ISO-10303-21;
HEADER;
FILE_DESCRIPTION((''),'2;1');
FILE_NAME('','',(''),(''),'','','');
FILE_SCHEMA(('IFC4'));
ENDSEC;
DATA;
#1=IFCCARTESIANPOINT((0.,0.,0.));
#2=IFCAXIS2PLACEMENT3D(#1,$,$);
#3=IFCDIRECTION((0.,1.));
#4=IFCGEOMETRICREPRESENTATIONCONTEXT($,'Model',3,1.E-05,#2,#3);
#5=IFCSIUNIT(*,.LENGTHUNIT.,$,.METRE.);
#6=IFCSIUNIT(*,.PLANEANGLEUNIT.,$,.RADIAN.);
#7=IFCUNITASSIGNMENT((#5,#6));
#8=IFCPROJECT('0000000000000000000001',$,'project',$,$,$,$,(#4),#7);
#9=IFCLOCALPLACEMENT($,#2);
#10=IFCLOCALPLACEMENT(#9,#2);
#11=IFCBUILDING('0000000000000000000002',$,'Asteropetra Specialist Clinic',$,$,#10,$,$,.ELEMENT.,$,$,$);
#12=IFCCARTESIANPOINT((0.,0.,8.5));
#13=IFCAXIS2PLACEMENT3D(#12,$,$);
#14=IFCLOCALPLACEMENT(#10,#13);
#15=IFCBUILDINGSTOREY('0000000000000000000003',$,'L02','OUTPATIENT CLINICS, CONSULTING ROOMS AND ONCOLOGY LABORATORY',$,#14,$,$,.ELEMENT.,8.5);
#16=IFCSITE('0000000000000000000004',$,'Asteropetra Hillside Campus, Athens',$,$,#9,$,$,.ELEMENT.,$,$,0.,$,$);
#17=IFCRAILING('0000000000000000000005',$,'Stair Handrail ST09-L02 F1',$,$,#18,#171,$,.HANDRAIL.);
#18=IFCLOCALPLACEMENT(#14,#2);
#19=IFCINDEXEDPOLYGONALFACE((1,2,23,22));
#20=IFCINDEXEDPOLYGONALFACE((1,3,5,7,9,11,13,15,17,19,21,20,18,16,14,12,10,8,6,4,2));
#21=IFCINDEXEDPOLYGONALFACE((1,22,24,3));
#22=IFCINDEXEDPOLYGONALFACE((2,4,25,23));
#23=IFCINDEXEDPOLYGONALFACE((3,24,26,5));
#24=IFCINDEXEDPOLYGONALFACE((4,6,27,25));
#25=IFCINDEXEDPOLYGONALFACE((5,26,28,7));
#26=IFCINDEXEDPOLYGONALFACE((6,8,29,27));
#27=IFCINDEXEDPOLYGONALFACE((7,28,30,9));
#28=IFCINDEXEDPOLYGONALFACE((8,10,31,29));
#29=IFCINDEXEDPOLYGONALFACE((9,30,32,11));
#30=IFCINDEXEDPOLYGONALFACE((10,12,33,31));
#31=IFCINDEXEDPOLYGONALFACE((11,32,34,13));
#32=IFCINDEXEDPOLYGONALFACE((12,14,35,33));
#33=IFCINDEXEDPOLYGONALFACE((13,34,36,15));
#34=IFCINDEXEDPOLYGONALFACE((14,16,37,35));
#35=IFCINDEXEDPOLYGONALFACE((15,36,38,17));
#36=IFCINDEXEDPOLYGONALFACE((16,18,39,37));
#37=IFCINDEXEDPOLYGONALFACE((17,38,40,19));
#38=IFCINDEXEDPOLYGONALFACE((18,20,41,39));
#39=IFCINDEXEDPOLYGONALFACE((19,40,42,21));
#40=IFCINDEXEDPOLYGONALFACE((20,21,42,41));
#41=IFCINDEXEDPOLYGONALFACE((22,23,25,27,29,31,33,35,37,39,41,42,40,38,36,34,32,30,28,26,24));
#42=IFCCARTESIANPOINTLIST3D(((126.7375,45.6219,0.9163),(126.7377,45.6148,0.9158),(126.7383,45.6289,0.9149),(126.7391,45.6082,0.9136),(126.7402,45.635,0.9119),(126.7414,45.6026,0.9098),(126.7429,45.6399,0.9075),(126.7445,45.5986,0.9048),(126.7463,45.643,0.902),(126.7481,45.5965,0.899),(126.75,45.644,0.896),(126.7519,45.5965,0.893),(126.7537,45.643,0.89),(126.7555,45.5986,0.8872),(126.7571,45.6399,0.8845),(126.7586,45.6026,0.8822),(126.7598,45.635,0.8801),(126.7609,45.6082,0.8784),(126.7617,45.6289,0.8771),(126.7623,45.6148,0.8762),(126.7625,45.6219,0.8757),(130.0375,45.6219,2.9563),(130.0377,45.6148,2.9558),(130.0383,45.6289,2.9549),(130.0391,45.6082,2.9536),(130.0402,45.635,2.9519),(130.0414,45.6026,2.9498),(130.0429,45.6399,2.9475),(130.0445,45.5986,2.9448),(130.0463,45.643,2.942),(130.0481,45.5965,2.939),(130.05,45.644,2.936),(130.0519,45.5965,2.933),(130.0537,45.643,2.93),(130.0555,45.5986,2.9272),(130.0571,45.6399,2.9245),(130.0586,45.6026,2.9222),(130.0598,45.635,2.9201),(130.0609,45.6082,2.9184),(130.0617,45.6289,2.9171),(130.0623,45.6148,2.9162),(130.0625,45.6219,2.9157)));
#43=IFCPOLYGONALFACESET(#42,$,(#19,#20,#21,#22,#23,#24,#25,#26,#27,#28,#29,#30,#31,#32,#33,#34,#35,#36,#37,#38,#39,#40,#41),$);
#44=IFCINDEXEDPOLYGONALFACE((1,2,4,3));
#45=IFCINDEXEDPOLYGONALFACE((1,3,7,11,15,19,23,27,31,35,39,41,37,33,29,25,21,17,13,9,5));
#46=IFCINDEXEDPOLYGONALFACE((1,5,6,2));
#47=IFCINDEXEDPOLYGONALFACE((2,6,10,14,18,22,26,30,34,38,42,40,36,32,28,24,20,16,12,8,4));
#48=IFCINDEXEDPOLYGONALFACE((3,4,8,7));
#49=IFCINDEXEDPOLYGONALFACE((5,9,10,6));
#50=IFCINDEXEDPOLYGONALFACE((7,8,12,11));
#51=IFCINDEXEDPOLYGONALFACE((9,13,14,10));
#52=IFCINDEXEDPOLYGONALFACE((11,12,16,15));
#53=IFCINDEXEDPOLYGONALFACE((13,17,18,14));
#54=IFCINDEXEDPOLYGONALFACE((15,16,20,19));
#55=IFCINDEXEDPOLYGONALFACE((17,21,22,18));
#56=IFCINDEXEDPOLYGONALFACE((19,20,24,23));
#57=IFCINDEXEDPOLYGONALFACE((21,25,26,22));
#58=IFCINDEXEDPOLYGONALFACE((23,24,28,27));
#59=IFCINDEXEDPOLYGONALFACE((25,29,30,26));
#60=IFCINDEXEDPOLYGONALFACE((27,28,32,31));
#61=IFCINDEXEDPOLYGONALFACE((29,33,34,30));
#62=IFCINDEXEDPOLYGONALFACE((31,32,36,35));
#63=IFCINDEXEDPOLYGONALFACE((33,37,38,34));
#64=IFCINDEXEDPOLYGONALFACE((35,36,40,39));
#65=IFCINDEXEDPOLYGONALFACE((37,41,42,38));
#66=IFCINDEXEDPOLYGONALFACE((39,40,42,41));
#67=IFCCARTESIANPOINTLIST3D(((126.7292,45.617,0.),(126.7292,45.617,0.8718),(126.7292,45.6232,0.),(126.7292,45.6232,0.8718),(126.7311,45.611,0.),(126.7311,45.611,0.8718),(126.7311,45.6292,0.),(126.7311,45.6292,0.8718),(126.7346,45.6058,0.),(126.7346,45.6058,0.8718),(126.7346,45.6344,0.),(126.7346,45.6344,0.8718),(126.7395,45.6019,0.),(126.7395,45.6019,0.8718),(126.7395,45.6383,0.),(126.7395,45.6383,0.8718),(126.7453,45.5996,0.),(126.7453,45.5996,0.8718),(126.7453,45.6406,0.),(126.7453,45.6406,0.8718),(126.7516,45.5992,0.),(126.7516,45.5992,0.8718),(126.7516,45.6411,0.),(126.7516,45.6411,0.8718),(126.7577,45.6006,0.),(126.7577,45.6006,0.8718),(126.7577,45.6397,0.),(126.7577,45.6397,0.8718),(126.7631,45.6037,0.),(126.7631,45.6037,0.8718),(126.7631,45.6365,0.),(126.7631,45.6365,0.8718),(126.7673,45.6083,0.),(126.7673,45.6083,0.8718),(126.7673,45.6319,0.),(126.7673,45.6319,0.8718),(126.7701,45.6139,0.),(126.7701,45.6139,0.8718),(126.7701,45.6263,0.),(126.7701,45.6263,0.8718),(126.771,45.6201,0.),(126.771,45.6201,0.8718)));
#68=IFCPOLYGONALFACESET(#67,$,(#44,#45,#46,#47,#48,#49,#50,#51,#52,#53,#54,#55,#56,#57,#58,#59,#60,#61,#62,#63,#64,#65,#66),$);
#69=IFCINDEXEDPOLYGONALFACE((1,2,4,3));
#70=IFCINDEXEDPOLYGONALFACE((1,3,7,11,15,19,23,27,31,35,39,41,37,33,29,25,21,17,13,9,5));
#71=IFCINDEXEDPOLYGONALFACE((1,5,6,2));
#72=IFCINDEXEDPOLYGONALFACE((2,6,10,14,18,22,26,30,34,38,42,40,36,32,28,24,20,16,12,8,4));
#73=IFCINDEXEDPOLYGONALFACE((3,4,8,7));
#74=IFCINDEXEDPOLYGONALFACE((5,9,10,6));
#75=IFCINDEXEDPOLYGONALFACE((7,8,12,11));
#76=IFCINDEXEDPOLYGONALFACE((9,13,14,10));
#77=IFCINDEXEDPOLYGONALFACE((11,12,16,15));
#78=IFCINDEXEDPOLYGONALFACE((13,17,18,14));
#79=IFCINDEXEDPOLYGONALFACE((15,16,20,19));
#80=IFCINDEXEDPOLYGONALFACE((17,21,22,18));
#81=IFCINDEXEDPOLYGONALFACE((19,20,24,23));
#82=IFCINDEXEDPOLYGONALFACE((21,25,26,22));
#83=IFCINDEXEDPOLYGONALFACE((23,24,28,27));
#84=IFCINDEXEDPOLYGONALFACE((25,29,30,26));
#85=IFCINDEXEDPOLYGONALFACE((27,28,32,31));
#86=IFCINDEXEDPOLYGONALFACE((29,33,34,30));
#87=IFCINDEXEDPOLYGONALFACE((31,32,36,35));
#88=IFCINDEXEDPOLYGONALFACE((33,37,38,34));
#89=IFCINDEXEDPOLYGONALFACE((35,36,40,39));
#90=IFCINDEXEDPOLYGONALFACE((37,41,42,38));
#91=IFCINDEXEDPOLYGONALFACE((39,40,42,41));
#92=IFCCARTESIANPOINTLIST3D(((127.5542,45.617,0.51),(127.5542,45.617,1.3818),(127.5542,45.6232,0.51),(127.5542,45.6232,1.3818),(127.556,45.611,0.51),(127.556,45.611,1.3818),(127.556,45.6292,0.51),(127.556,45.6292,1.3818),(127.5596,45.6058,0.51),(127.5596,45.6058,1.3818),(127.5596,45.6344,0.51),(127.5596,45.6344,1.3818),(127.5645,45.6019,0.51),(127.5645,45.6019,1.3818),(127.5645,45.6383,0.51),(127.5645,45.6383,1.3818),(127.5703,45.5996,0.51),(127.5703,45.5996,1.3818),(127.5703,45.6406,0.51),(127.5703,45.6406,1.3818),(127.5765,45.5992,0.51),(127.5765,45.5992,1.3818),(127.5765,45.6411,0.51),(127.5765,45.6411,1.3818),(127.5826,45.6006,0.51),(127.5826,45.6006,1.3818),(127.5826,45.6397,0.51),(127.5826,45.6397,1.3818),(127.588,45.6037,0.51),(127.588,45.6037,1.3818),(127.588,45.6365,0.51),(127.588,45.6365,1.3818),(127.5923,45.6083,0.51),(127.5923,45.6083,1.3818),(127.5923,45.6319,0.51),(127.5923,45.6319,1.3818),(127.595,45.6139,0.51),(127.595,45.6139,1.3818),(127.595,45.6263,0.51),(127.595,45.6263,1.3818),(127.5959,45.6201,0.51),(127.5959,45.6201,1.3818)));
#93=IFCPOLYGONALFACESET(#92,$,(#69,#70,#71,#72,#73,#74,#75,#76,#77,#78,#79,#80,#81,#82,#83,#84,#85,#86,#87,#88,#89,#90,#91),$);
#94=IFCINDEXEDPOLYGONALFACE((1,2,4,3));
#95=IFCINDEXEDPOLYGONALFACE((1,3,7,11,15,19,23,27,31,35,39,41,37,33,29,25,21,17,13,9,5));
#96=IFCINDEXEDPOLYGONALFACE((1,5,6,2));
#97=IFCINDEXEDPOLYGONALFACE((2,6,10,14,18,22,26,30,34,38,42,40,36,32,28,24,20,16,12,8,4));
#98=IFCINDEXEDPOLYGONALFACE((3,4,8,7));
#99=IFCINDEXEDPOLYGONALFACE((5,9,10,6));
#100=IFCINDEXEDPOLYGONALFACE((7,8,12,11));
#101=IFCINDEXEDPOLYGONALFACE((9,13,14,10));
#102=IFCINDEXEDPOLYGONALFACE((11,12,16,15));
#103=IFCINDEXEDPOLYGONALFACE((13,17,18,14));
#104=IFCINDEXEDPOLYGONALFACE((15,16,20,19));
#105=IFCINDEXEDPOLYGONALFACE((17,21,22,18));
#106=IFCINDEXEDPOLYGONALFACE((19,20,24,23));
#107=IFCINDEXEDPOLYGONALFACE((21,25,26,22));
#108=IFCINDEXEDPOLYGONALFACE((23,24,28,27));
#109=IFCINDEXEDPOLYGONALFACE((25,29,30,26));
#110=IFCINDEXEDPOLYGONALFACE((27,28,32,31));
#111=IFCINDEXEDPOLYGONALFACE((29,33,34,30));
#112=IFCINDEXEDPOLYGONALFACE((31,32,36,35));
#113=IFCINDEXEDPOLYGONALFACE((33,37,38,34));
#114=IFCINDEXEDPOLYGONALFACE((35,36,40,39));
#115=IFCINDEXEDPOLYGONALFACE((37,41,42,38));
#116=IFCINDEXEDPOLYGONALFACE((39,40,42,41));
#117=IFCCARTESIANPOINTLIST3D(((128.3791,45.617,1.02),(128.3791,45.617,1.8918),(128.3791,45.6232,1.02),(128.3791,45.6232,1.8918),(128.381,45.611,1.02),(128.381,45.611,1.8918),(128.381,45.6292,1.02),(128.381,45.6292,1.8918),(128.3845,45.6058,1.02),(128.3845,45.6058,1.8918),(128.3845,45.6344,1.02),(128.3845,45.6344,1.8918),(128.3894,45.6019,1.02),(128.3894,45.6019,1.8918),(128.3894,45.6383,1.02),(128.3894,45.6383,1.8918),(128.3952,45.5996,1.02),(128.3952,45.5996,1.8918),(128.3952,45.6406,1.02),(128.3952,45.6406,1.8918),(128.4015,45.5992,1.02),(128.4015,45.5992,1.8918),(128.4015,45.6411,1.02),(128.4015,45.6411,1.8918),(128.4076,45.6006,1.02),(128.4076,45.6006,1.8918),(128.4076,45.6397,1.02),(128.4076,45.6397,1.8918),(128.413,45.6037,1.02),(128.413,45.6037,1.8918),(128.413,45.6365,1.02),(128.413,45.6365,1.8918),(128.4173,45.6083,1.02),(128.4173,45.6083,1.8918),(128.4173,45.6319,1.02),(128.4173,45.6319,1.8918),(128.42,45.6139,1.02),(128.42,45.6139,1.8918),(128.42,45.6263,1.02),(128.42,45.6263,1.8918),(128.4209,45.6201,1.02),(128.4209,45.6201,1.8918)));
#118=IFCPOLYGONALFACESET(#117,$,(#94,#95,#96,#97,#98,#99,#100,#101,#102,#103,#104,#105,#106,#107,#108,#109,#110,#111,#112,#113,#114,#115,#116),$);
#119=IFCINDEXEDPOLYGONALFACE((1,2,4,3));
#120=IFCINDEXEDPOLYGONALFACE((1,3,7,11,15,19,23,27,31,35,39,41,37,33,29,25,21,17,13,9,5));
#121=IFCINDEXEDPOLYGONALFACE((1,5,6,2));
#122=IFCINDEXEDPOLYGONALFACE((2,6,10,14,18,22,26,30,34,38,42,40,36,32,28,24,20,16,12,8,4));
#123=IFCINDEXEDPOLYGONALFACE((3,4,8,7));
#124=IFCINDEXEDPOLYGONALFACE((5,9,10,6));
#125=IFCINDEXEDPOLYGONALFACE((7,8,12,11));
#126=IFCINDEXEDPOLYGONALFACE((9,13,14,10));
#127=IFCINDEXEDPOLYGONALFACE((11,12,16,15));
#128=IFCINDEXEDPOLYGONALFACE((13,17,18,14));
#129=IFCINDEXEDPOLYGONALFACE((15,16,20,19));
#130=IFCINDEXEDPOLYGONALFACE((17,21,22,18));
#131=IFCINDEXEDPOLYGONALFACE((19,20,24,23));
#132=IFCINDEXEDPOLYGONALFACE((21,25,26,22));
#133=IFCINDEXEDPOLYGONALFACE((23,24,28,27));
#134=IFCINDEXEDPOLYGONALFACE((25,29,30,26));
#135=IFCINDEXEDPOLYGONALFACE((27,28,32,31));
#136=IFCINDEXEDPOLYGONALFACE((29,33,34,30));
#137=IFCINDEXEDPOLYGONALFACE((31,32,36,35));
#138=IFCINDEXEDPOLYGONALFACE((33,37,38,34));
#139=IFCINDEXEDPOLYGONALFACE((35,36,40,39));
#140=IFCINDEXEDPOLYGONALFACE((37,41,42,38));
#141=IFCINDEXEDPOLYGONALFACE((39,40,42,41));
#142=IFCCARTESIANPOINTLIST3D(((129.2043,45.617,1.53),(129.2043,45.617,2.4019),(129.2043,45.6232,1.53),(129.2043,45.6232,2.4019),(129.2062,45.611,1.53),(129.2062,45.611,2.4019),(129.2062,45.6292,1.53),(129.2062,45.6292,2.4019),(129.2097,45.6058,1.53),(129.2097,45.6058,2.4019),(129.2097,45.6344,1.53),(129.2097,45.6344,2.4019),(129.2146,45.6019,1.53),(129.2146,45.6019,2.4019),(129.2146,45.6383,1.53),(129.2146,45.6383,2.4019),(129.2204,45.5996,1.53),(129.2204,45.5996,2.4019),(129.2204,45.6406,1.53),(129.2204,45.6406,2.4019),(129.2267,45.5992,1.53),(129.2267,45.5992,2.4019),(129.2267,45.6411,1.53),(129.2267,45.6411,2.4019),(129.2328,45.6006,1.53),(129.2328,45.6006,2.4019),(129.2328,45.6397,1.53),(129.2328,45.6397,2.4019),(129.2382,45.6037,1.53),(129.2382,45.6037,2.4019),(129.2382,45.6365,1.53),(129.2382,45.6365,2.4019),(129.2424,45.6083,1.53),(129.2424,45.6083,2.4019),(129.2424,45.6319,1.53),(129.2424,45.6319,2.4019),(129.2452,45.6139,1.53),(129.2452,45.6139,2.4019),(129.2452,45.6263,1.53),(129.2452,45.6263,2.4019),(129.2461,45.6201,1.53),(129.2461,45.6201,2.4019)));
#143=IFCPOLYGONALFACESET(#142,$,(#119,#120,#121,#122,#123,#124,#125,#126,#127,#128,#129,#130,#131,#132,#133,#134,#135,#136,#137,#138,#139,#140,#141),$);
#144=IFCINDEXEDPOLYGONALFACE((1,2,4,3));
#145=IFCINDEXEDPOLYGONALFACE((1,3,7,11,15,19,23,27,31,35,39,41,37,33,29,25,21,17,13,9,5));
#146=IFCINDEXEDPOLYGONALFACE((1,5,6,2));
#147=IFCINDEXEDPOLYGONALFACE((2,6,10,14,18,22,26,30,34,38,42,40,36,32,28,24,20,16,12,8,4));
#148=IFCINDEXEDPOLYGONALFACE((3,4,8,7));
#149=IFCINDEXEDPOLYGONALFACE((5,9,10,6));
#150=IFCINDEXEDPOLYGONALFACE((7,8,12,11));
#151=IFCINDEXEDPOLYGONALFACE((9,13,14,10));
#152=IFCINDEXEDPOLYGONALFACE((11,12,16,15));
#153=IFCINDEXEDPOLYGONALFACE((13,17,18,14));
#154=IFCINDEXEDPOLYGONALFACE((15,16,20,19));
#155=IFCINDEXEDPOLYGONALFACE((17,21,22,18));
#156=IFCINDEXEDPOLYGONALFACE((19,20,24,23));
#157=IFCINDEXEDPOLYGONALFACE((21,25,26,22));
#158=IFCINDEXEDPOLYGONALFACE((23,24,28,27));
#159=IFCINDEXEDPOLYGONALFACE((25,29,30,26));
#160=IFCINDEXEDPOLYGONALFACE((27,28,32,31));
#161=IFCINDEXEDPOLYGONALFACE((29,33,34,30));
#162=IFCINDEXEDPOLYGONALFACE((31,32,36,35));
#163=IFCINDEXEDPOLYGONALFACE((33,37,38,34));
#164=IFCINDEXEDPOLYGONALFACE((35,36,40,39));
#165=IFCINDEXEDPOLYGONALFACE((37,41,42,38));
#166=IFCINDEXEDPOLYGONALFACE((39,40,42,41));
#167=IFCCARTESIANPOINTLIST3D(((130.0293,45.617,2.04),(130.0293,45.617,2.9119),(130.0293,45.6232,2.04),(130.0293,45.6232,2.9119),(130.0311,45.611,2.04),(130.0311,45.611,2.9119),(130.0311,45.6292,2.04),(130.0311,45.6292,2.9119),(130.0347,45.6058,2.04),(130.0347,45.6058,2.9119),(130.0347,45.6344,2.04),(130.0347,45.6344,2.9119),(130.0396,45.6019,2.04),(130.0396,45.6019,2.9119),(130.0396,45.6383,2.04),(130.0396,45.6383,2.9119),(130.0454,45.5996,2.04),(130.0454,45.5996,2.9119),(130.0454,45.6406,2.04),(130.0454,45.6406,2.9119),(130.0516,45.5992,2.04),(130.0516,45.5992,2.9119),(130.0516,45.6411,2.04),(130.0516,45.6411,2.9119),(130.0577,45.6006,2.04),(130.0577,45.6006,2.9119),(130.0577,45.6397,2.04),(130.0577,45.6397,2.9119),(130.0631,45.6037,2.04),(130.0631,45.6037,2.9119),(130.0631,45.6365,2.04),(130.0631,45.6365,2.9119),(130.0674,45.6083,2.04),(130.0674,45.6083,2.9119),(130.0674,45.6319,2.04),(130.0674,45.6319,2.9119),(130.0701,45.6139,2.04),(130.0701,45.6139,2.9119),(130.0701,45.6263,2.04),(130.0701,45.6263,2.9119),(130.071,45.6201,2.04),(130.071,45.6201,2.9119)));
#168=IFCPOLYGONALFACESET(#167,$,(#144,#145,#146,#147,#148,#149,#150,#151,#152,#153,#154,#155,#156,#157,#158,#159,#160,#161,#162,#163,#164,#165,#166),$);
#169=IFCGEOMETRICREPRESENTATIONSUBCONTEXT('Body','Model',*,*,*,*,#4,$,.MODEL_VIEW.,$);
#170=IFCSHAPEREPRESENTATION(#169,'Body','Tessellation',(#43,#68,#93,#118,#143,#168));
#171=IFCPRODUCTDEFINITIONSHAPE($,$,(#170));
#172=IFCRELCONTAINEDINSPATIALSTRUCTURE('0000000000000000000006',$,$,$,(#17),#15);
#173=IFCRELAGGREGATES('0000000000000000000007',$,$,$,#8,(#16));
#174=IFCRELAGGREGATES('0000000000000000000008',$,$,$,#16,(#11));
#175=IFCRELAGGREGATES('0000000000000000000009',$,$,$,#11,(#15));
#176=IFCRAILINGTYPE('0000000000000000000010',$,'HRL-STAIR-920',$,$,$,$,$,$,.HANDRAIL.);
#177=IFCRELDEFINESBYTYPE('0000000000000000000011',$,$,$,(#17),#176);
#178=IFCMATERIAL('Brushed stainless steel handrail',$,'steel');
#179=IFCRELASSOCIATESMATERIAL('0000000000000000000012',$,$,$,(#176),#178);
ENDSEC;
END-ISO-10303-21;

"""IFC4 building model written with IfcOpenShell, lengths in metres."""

from ifc_helpers import new_model, si_unit, direction, frame, origin, origin_2d, place, context, subcontext, project, spatial, circle, extrude, material, type_object, element, save


model = new_model("IFC4")

# Units and contexts
model_context = context("Model", 3, precision=1e-05, world=origin(), true_north=direction((0.0, 1.0)))
body_context = subcontext(model_context, "Body", "Model", "MODEL_VIEW")
ifc_project = project(units=[si_unit("LENGTHUNIT", "METRE"), si_unit("PLANEANGLEUNIT", "RADIAN")], contexts=[model_context])

# Site, building, storey
site_placement = place(None, origin())
site = spatial("IfcSite", under=ifc_project, at=site_placement, Name="Asteropetra Hillside Campus, Athens", CompositionType="ELEMENT", RefElevation=0.0)
building_placement = place(site_placement, origin())
building = spatial("IfcBuilding", under=site, at=building_placement, Name="Asteropetra Specialist Clinic", CompositionType="ELEMENT")
storey_placement = place(building_placement, frame((0.0, 0.0, 8.5)))
storey = spatial("IfcBuildingStorey", under=building, at=storey_placement, Name="L02", Description="OUTPATIENT CLINICS, CONSULTING ROOMS AND ONCOLOGY LABORATORY", CompositionType="ELEMENT", Elevation=8.5)

# Railing
ifc_material_1 = material(Name="Brushed stainless steel handrail", Category="steel")
railing_type_1 = type_object("IfcRailingType", Name="HRL-STAIR-920", PredefinedType="HANDRAIL", material=ifc_material_1)
railing_1_placement = place(storey_placement, frame((126.75, 45.6201, 0.0)))
element("IfcRailing", 1, at=railing_1_placement, inside=storey, type_object=railing_type_1, Name="Stair Handrail ST09-L02 F1", PredefinedType="HANDRAIL", context=body_context, shape_type="SweptSolid", body=[
    extrude(circle(Radius=0.0239, at=origin_2d()), frame((0.0, 0.0, 0.896), z_axis=(0.850594, 0.0, 0.525824), x_axis=(0.0, 1.0, 0.0)), (0.0, 0.0, 1.0), 3.8796),
    extrude(circle(Radius=0.021, at=origin_2d()), origin(), (0.0, 0.0, 1.0), 0.8718),
    extrude(circle(Radius=0.021, at=origin_2d()), frame((0.825, 0.0, 0.51)), (0.0, 0.0, 1.0), 0.8718),
    extrude(circle(Radius=0.021, at=origin_2d()), frame((1.6499, 0.0, 1.02)), (0.0, 0.0, 1.0), 0.8718),
    extrude(circle(Radius=0.021, at=origin_2d()), frame((2.4751, 0.0, 1.53)), (0.0, 0.0, 1.0), 0.8718),
    extrude(circle(Radius=0.021, at=origin_2d()), frame((3.3, 0.0, 2.04)), (0.0, 0.0, 1.0), 0.8718),
])

save(model, "model.ifc")
